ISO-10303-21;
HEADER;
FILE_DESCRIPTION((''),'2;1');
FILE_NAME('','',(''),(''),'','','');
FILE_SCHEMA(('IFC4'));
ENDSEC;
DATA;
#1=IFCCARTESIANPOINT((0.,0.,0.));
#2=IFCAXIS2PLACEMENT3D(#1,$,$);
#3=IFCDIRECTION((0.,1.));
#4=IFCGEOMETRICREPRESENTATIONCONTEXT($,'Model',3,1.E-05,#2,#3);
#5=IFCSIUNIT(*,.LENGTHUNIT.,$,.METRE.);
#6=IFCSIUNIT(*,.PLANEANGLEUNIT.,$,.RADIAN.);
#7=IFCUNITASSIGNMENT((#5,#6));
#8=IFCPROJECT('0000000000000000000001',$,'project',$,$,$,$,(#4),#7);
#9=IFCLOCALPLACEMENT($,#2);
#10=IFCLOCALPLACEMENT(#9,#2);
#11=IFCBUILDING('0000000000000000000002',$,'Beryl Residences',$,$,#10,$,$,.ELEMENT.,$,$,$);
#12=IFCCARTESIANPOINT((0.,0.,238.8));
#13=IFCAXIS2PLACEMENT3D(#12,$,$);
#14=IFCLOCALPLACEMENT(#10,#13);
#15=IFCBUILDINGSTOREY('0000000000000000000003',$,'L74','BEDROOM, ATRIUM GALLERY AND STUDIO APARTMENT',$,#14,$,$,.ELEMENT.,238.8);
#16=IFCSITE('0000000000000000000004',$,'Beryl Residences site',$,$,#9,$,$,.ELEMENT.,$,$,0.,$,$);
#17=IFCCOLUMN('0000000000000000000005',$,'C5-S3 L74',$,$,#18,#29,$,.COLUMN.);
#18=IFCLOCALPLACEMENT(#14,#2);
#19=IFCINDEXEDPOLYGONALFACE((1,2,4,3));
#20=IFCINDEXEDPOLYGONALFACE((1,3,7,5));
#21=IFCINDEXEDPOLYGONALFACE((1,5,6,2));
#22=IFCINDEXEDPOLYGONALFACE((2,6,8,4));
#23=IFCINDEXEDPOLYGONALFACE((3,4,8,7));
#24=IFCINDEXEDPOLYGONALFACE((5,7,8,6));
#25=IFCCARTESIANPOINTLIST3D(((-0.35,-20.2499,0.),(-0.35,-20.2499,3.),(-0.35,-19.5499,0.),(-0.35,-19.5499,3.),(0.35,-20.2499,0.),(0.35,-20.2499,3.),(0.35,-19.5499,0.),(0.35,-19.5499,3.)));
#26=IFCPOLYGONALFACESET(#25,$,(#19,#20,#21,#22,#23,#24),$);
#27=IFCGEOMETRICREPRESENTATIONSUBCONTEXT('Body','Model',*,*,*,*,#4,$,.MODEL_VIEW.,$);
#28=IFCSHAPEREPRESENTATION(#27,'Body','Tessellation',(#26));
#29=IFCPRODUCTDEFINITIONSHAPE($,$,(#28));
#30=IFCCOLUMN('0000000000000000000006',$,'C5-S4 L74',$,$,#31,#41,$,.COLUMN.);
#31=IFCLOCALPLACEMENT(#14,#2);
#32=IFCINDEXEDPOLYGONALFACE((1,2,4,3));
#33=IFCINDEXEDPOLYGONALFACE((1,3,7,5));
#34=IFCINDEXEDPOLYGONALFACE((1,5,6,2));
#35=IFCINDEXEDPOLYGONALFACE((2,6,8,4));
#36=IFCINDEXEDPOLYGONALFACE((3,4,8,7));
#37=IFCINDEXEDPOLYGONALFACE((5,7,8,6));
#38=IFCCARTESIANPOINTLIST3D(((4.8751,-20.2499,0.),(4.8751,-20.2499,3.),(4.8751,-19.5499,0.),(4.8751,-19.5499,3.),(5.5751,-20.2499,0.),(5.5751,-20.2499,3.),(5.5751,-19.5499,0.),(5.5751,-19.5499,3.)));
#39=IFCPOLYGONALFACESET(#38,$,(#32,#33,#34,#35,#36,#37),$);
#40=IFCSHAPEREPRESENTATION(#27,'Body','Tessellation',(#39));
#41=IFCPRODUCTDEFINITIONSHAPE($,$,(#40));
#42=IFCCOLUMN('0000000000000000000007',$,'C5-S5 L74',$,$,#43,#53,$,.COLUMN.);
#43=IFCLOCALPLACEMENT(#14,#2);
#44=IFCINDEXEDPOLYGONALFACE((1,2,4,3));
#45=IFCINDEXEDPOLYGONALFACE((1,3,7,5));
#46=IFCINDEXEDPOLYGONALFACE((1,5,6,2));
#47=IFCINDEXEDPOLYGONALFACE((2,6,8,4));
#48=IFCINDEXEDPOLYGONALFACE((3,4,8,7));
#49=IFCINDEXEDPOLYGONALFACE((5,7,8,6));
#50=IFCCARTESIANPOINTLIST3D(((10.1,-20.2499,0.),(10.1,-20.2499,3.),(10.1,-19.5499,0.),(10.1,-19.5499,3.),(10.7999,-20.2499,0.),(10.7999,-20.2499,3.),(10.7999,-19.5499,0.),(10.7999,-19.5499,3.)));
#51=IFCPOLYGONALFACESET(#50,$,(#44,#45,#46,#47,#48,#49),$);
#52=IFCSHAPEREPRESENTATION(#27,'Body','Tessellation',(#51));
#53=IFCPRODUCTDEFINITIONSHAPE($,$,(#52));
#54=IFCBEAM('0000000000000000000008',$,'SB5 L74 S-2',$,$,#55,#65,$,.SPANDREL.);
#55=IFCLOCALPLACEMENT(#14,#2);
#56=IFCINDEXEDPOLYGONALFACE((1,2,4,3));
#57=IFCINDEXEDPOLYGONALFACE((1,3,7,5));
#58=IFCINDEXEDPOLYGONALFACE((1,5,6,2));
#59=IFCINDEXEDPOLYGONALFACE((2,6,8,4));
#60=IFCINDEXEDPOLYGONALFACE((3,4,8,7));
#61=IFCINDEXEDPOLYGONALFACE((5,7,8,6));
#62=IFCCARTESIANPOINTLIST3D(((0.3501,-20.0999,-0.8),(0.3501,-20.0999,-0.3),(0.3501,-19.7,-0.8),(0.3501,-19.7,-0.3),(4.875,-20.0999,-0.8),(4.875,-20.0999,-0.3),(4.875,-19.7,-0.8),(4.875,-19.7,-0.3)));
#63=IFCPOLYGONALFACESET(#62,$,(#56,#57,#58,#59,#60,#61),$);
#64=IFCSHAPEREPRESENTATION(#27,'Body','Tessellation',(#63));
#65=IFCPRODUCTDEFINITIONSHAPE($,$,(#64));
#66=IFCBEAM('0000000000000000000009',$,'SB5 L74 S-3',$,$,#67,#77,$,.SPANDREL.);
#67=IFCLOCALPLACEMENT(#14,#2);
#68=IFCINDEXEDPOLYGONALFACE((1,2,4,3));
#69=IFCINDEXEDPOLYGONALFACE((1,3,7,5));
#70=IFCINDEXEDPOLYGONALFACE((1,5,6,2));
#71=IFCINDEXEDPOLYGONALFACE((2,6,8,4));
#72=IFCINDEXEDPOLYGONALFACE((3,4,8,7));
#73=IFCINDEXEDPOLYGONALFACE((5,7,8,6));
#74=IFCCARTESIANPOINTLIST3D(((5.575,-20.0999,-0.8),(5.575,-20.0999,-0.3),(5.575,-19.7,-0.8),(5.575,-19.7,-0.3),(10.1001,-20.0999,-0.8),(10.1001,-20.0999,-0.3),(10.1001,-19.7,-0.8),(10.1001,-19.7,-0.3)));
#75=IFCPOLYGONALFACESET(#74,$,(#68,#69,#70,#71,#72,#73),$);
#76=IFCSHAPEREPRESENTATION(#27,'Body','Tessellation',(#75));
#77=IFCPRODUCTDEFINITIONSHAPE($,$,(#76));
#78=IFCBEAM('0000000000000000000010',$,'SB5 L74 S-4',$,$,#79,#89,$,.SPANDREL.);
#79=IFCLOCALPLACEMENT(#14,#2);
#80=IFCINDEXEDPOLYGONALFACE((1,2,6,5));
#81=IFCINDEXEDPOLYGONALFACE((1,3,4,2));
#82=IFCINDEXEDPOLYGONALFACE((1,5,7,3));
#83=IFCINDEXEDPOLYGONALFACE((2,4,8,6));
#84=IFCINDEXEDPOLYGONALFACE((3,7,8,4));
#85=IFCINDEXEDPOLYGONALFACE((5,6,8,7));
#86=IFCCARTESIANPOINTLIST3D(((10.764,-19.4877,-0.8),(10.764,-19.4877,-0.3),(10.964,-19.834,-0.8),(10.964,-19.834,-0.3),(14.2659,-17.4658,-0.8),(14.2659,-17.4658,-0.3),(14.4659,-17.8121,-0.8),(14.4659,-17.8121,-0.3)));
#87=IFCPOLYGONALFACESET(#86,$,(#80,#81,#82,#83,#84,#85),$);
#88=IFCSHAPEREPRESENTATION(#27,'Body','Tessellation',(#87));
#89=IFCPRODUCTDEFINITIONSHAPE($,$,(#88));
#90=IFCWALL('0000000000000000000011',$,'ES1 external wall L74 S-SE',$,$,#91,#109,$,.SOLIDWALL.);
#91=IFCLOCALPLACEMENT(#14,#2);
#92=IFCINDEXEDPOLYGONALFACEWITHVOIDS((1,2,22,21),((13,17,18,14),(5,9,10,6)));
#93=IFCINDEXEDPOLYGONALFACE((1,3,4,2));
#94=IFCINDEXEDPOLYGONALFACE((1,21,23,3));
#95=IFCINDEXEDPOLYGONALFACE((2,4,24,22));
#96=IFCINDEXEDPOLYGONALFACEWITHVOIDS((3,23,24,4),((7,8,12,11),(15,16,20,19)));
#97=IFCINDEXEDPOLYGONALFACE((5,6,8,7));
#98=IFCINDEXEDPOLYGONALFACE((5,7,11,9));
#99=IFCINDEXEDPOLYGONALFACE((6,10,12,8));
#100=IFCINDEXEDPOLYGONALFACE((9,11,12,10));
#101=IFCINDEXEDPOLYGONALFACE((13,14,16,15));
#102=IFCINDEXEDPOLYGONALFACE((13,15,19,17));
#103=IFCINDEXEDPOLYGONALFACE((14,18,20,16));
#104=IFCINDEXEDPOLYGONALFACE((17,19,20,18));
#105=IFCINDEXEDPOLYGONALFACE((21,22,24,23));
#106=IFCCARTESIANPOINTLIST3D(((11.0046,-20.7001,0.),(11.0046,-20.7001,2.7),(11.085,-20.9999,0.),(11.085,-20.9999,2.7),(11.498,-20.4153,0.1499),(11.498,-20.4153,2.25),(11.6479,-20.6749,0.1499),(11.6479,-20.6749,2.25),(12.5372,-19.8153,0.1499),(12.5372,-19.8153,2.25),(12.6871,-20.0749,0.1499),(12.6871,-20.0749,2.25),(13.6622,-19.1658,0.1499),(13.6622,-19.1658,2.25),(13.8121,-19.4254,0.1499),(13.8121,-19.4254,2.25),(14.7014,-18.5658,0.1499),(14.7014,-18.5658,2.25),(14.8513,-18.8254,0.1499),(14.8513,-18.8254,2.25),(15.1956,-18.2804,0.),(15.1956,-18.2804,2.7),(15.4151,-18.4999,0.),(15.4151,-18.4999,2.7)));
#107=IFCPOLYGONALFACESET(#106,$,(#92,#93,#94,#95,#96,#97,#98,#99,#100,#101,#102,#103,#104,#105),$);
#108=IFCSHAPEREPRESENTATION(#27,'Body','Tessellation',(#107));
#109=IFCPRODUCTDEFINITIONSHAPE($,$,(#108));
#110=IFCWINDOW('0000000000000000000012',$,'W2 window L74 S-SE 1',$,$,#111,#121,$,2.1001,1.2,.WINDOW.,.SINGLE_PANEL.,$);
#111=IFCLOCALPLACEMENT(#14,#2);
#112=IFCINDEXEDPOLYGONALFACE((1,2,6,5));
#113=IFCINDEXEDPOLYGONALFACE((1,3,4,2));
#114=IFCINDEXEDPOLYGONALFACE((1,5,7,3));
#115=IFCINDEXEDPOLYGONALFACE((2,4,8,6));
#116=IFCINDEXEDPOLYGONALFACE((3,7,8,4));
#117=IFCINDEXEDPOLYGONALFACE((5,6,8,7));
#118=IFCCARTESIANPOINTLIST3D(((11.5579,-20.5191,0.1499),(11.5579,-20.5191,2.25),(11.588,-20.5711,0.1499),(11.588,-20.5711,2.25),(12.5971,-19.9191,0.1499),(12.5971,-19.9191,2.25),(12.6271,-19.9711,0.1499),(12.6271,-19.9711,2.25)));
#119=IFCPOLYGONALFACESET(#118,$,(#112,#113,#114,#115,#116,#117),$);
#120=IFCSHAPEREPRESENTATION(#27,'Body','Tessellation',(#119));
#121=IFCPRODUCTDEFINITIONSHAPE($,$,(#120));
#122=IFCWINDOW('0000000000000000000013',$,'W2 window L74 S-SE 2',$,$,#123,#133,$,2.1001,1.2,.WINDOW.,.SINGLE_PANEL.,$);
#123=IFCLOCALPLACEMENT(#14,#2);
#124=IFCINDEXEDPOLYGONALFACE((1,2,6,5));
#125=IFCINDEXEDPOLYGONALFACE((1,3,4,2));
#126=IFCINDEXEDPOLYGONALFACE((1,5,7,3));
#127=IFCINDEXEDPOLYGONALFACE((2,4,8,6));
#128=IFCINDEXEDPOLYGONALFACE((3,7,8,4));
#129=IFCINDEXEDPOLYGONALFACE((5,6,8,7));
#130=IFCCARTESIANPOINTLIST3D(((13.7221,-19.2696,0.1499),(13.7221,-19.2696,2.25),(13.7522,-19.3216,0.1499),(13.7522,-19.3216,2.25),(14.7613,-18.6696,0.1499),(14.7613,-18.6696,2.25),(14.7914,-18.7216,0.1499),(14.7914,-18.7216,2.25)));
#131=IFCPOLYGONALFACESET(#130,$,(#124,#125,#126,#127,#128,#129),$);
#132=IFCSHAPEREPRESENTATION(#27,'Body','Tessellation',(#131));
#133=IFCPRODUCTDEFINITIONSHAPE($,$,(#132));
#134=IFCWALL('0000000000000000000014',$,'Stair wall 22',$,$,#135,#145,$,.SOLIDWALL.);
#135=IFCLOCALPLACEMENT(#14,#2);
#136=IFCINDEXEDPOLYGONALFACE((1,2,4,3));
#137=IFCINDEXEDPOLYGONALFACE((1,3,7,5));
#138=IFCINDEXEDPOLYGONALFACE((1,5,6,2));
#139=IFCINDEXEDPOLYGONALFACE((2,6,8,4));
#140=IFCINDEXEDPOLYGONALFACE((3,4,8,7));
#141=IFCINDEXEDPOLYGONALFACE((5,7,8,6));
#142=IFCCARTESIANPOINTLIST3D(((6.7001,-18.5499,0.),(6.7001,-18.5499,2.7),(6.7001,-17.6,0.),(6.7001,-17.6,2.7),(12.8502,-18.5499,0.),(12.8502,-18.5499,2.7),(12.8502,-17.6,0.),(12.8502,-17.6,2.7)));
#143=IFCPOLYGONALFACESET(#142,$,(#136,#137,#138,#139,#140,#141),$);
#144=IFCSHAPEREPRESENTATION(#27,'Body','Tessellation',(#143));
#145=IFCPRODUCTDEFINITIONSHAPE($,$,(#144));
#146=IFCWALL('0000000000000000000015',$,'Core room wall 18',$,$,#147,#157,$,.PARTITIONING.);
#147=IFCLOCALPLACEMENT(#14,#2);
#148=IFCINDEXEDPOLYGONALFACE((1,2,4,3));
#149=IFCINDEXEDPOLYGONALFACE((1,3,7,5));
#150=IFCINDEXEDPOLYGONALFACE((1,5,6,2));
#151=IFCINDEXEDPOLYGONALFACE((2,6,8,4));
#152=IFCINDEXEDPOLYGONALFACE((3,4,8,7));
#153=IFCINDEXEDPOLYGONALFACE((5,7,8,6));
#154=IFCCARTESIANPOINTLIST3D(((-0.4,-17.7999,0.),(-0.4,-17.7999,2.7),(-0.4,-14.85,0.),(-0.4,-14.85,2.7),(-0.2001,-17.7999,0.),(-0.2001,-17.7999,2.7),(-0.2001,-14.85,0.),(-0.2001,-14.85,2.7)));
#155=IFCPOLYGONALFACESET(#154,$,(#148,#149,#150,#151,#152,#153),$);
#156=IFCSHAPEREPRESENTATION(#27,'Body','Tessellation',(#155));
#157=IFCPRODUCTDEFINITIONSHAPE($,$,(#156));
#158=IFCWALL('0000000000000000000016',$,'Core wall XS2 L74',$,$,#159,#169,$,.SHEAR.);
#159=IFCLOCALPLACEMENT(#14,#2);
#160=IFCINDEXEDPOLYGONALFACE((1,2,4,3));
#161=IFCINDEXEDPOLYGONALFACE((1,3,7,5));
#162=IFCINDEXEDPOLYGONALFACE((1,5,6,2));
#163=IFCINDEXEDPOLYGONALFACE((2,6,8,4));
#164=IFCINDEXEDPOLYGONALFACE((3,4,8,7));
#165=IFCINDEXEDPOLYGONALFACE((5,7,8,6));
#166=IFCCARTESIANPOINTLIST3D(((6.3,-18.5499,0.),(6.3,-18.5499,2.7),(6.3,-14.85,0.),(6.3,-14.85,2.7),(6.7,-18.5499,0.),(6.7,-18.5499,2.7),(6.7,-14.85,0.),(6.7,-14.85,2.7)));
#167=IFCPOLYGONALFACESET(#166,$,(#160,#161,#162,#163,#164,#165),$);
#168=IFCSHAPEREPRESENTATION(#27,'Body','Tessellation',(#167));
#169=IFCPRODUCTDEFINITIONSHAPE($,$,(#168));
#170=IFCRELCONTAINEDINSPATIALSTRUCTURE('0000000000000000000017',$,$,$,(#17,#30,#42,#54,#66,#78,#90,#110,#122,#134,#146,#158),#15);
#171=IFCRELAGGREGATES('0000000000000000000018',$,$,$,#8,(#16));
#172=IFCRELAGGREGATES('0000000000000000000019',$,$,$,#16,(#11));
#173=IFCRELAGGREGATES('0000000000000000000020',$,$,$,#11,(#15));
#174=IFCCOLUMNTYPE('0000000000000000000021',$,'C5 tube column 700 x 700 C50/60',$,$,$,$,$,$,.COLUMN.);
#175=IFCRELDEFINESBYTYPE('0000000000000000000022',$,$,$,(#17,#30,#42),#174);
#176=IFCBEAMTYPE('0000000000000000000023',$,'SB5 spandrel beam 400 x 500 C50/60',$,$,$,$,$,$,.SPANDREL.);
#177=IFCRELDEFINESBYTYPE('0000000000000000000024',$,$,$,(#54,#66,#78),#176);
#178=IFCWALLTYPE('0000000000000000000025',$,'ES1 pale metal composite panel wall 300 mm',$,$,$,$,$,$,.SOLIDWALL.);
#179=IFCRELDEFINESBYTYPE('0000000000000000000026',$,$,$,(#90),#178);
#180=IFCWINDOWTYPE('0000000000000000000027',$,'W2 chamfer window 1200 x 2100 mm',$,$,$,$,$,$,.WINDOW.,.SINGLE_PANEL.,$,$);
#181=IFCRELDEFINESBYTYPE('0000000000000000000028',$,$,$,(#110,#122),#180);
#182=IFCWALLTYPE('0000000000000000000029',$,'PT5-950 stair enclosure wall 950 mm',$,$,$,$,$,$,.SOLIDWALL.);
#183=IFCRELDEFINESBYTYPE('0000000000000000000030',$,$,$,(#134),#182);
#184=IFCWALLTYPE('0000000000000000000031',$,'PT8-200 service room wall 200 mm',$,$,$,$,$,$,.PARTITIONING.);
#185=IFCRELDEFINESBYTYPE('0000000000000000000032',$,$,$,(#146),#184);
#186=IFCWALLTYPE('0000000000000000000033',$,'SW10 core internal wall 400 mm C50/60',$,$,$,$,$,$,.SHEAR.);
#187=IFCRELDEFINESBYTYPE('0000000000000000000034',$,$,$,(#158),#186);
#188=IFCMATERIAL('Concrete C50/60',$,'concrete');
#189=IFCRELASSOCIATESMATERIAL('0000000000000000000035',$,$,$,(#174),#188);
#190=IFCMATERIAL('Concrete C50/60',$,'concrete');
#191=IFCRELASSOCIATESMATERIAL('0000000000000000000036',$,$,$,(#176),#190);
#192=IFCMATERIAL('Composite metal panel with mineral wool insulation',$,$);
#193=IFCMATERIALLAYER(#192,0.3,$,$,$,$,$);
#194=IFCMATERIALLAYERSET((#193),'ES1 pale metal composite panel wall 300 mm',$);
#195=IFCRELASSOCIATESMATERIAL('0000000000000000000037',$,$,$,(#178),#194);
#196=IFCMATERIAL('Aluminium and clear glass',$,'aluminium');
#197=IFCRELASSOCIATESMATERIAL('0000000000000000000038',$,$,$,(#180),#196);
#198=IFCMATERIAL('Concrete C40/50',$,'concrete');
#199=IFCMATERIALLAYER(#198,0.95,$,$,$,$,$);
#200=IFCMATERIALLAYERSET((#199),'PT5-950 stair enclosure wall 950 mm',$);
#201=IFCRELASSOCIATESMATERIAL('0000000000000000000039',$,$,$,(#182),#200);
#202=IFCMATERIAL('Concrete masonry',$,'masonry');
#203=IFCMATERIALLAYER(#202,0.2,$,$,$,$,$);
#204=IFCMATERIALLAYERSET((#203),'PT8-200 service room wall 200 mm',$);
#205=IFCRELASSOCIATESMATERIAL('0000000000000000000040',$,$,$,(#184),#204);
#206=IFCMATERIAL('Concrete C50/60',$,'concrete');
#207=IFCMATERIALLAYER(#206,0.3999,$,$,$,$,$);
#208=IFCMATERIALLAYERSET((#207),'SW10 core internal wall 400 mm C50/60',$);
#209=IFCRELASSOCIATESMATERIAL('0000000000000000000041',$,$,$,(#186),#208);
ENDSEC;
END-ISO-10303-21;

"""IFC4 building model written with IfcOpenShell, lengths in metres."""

from ifc_helpers import new_model, si_unit, direction, frame, frame_2d, origin, origin_2d, place, context, subcontext, project, spatial, polyline, rectangle, outline, extrude, material, layer, layer_set, material_profile, profile_set, type_object, element, fill, save


model = new_model("IFC4")

# Units and contexts
model_context = context("Model", 3, precision=1e-05, world=origin(), true_north=direction((0.0, 1.0)))
body_context = subcontext(model_context, "Body", "Model", "MODEL_VIEW")
ifc_project = project(units=[si_unit("LENGTHUNIT", "METRE"), si_unit("PLANEANGLEUNIT", "RADIAN")], contexts=[model_context])

# Site, building, storey
site_placement = place(None, origin())
site = spatial("IfcSite", under=ifc_project, at=site_placement, Name="Beryl Residences site", CompositionType="ELEMENT", RefElevation=0.0)
building_placement = place(site_placement, origin())
building = spatial("IfcBuilding", under=site, at=building_placement, Name="Beryl Residences", CompositionType="ELEMENT")
storey_placement = place(building_placement, frame((0.0, 0.0, 238.8)))
storey = spatial("IfcBuildingStorey", under=building, at=storey_placement, Name="L74", Description="BEDROOM, ATRIUM GALLERY AND STUDIO APARTMENT", CompositionType="ELEMENT", Elevation=238.8)

# Columns
ifc_material_1 = material(Name="Concrete C50/60", Category="concrete")
ifc_material_profile_1 = material_profile(ifc_material_1, rectangle(XDim=0.7, YDim=0.7, at=origin_2d()))
ifc_profile_set_1 = profile_set([ifc_material_profile_1], Name="Concrete C50/60")
column_type = type_object("IfcColumnType", Name="C5 tube column 700 x 700 C50/60", PredefinedType="COLUMN", material=ifc_profile_set_1)
for number, where, z_axis, x_axis, name in (
    (1, (0.0, -19.8999, 0.0), (0.0, 0.0, 1.0), (1.0, 0.0, 0.0), "C5-S3 L74"),
    (2, (5.2251, -19.8999, 0.0), (0.0, 0.0, 1.0), (1.0, 0.0, 0.0), "C5-S4 L74"),
    (3, (10.45, -19.8999, 0.0), (0.0, 0.0, 1.0), (1.0, 0.0, 0.0), "C5-S5 L74"),
):
    element("IfcColumn", number, at=place(storey_placement, frame(where, z_axis=z_axis, x_axis=x_axis)), inside=storey, type_object=column_type, Name=name, PredefinedType="COLUMN", context=body_context, shape_type="SweptSolid", body=[
        extrude(rectangle(XDim=0.7, YDim=0.7, at=origin_2d()), origin(), (0.0, 0.0, 1.0), 3.0),
    ])

# Beams
ifc_material_2 = material(Name="Concrete C50/60", Category="concrete")
ifc_material_profile_2 = material_profile(ifc_material_2, rectangle(XDim=0.3999, YDim=0.5, at=origin_2d()))
ifc_profile_set_2 = profile_set([ifc_material_profile_2], Name="Concrete C50/60")
beam_type = type_object("IfcBeamType", Name="SB5 spandrel beam 400 x 500 C50/60", PredefinedType="SPANDREL", material=ifc_profile_set_2)
beam_1_placement = place(storey_placement, frame((0.3501, -19.8999, -0.55), z_axis=(1.0, 0.0, 0.0), x_axis=(0.0, 1.0, 0.0)))
element("IfcBeam", 4, at=beam_1_placement, inside=storey, type_object=beam_type, Name="SB5 L74 S-2", PredefinedType="SPANDREL", context=body_context, shape_type="SweptSolid", body=[
    extrude(rectangle(XDim=0.3999, YDim=0.5, at=origin_2d()), origin(), (0.0, 0.0, 1.0), 4.5249),
])
beam_2_placement = place(storey_placement, frame((5.575, -19.8999, -0.55), z_axis=(1.0, 0.0, 0.0), x_axis=(0.0, 1.0, 0.0)))
element("IfcBeam", 5, at=beam_2_placement, inside=storey, type_object=beam_type, Name="SB5 L74 S-3", PredefinedType="SPANDREL", context=body_context, shape_type="SweptSolid", body=[
    extrude(rectangle(XDim=0.3999, YDim=0.5, at=origin_2d()), origin(), (0.0, 0.0, 1.0), 4.5251),
])
beam_3_placement = place(storey_placement, frame((10.864, -19.6609, -0.55), z_axis=(0.866013, 0.500022, 0.0), x_axis=(-0.500022, 0.866013, 0.0)))
element("IfcBeam", 6, at=beam_3_placement, inside=storey, type_object=beam_type, Name="SB5 L74 S-4", PredefinedType="SPANDREL", context=body_context, shape_type="SweptSolid", body=[
    extrude(rectangle(XDim=0.3999, YDim=0.5, at=origin_2d()), origin(), (0.0, 0.0, 1.0), 4.0437),
])

# Wall, openings, windows
ifc_material_3 = material(Name="Composite metal panel with mineral wool insulation")
ifc_layer_1 = layer(ifc_material_3, 0.3)
ifc_layer_set_1 = layer_set([ifc_layer_1], Name="ES1 pale metal composite panel wall 300 mm")
wall_type_1 = type_object("IfcWallType", Name="ES1 pale metal composite panel wall 300 mm", PredefinedType="SOLIDWALL", material=ifc_layer_set_1)
wall_1_placement = place(storey_placement, frame((11.01, -20.8701, 0.0), z_axis=(0.0, 0.0, 1.0), x_axis=(0.866023, 0.500004, 0.0)))
wall_1 = element("IfcWall", 7, at=wall_1_placement, inside=storey, type_object=wall_type_1, Name="ES1 external wall L74 S-SE", PredefinedType="SOLIDWALL", context=body_context, shape_type="SweptSolid", body=[
    extrude(outline(polyline([(0.0, -0.1499), (5.0, -0.1499), (4.9197, 0.1499), (0.0803, 0.1499), (0.0, -0.1499)])), origin(), (0.0, 0.0, 1.0), 2.7),
])
opening_1_placement = place(wall_1_placement, frame((0.6499, 0.0, 0.1499)))
opening_1 = element("IfcOpeningElement", 8, at=opening_1_placement, cuts=wall_1, PredefinedType="OPENING", context=body_context, shape_type="SweptSolid", body=[
    extrude(rectangle(XDim=1.2, YDim=2.1001, at=frame_2d((0.6001, 1.05))), frame((0.0, 0.1599, 0.0), z_axis=(0.0, -1.0, 0.0), x_axis=(1.0, 0.0, 0.0)), (0.0, 0.0, 1.0), 0.3201),
])
opening_2_placement = place(wall_1_placement, frame((3.1489, 0.0, 0.1499)))
opening_2 = element("IfcOpeningElement", 9, at=opening_2_placement, cuts=wall_1, PredefinedType="OPENING", context=body_context, shape_type="SweptSolid", body=[
    extrude(rectangle(XDim=1.2, YDim=2.1001, at=frame_2d((0.6001, 1.05))), frame((0.0, 0.1599, 0.0), z_axis=(0.0, -1.0, 0.0), x_axis=(1.0, 0.0, 0.0)), (0.0, 0.0, 1.0), 0.3201),
])
ifc_material_4 = material(Name="Aluminium and clear glass", Category="aluminium")
window_type = type_object("IfcWindowType", Name="W2 chamfer window 1200 x 2100 mm", PartitioningType="SINGLE_PANEL", PredefinedType="WINDOW", material=ifc_material_4)
window_1_placement = place(opening_1_placement, origin())
window_1 = element("IfcWindow", 10, at=window_1_placement, inside=storey, type_object=window_type, Name="W2 window L74 S-SE 1", OverallHeight=2.1001, OverallWidth=1.2, PartitioningType="SINGLE_PANEL", PredefinedType="WINDOW", context=body_context, shape_type="SweptSolid", body=[
    extrude(rectangle(XDim=1.2, YDim=2.1001, at=frame_2d((0.6001, 1.05))), frame((0.0, 0.03, 0.0), z_axis=(0.0, -1.0, 0.0), x_axis=(1.0, 0.0, 0.0)), (0.0, 0.0, 1.0), 0.0601),
])
fill(opening_1, window_1)
window_2_placement = place(opening_2_placement, origin())
window_2 = element("IfcWindow", 11, at=window_2_placement, inside=storey, type_object=window_type, Name="W2 window L74 S-SE 2", OverallHeight=2.1001, OverallWidth=1.2, PartitioningType="SINGLE_PANEL", PredefinedType="WINDOW", context=body_context, shape_type="SweptSolid", body=[
    extrude(rectangle(XDim=1.2, YDim=2.1001, at=frame_2d((0.6001, 1.05))), frame((0.0, 0.03, 0.0), z_axis=(0.0, -1.0, 0.0), x_axis=(1.0, 0.0, 0.0)), (0.0, 0.0, 1.0), 0.0601),
])
fill(opening_2, window_2)

# Walls
ifc_material_5 = material(Name="Concrete C40/50", Category="concrete")
ifc_layer_2 = layer(ifc_material_5, 0.95)
ifc_layer_set_2 = layer_set([ifc_layer_2], Name="PT5-950 stair enclosure wall 950 mm")
wall_type_2 = type_object("IfcWallType", Name="PT5-950 stair enclosure wall 950 mm", PredefinedType="SOLIDWALL", material=ifc_layer_set_2)
wall_2_placement = place(storey_placement, frame((6.7, -18.075, 0.0), z_axis=(0.0, 0.0, 1.0), x_axis=(1.0, 0.0, 0.0)))
element("IfcWall", 12, at=wall_2_placement, inside=storey, type_object=wall_type_2, Name="Stair wall 22", PredefinedType="SOLIDWALL", context=body_context, shape_type="SweptSolid", body=[
    extrude(rectangle(XDim=6.1501, YDim=0.95, at=frame_2d((3.0752, 0.0))), origin(), (0.0, 0.0, 1.0), 2.7),
])
ifc_material_6 = material(Name="Concrete masonry", Category="masonry")
ifc_layer_3 = layer(ifc_material_6, 0.2)
ifc_layer_set_3 = layer_set([ifc_layer_3], Name="PT8-200 service room wall 200 mm")
wall_type_3 = type_object("IfcWallType", Name="PT8-200 service room wall 200 mm", PredefinedType="PARTITIONING", material=ifc_layer_set_3)
wall_3_placement = place(storey_placement, frame((-0.3, -17.8, 0.0), z_axis=(0.0, 0.0, 1.0), x_axis=(0.0, 1.0, 0.0)))
element("IfcWall", 13, at=wall_3_placement, inside=storey, type_object=wall_type_3, Name="Core room wall 18", PredefinedType="PARTITIONING", context=body_context, shape_type="SweptSolid", body=[
    extrude(rectangle(XDim=2.95, YDim=0.2, at=frame_2d((1.4751, 0.0))), origin(), (0.0, 0.0, 1.0), 2.7),
])
ifc_material_7 = material(Name="Concrete C50/60", Category="concrete")
ifc_layer_4 = layer(ifc_material_7, 0.3999)
ifc_layer_set_4 = layer_set([ifc_layer_4], Name="SW10 core internal wall 400 mm C50/60")
wall_type_4 = type_object("IfcWallType", Name="SW10 core internal wall 400 mm C50/60", PredefinedType="SHEAR", material=ifc_layer_set_4)
wall_4_placement = place(storey_placement, frame((6.5, -18.55, 0.0), z_axis=(0.0, 0.0, 1.0), x_axis=(0.0, 1.0, 0.0)))
element("IfcWall", 14, at=wall_4_placement, inside=storey, type_object=wall_type_4, Name="Core wall XS2 L74", PredefinedType="SHEAR", context=body_context, shape_type="SweptSolid", body=[
    extrude(rectangle(XDim=3.7, YDim=0.3999, at=frame_2d((1.8501, 0.0))), origin(), (0.0, 0.0, 1.0), 2.7),
])

save(model, "model.ifc")
